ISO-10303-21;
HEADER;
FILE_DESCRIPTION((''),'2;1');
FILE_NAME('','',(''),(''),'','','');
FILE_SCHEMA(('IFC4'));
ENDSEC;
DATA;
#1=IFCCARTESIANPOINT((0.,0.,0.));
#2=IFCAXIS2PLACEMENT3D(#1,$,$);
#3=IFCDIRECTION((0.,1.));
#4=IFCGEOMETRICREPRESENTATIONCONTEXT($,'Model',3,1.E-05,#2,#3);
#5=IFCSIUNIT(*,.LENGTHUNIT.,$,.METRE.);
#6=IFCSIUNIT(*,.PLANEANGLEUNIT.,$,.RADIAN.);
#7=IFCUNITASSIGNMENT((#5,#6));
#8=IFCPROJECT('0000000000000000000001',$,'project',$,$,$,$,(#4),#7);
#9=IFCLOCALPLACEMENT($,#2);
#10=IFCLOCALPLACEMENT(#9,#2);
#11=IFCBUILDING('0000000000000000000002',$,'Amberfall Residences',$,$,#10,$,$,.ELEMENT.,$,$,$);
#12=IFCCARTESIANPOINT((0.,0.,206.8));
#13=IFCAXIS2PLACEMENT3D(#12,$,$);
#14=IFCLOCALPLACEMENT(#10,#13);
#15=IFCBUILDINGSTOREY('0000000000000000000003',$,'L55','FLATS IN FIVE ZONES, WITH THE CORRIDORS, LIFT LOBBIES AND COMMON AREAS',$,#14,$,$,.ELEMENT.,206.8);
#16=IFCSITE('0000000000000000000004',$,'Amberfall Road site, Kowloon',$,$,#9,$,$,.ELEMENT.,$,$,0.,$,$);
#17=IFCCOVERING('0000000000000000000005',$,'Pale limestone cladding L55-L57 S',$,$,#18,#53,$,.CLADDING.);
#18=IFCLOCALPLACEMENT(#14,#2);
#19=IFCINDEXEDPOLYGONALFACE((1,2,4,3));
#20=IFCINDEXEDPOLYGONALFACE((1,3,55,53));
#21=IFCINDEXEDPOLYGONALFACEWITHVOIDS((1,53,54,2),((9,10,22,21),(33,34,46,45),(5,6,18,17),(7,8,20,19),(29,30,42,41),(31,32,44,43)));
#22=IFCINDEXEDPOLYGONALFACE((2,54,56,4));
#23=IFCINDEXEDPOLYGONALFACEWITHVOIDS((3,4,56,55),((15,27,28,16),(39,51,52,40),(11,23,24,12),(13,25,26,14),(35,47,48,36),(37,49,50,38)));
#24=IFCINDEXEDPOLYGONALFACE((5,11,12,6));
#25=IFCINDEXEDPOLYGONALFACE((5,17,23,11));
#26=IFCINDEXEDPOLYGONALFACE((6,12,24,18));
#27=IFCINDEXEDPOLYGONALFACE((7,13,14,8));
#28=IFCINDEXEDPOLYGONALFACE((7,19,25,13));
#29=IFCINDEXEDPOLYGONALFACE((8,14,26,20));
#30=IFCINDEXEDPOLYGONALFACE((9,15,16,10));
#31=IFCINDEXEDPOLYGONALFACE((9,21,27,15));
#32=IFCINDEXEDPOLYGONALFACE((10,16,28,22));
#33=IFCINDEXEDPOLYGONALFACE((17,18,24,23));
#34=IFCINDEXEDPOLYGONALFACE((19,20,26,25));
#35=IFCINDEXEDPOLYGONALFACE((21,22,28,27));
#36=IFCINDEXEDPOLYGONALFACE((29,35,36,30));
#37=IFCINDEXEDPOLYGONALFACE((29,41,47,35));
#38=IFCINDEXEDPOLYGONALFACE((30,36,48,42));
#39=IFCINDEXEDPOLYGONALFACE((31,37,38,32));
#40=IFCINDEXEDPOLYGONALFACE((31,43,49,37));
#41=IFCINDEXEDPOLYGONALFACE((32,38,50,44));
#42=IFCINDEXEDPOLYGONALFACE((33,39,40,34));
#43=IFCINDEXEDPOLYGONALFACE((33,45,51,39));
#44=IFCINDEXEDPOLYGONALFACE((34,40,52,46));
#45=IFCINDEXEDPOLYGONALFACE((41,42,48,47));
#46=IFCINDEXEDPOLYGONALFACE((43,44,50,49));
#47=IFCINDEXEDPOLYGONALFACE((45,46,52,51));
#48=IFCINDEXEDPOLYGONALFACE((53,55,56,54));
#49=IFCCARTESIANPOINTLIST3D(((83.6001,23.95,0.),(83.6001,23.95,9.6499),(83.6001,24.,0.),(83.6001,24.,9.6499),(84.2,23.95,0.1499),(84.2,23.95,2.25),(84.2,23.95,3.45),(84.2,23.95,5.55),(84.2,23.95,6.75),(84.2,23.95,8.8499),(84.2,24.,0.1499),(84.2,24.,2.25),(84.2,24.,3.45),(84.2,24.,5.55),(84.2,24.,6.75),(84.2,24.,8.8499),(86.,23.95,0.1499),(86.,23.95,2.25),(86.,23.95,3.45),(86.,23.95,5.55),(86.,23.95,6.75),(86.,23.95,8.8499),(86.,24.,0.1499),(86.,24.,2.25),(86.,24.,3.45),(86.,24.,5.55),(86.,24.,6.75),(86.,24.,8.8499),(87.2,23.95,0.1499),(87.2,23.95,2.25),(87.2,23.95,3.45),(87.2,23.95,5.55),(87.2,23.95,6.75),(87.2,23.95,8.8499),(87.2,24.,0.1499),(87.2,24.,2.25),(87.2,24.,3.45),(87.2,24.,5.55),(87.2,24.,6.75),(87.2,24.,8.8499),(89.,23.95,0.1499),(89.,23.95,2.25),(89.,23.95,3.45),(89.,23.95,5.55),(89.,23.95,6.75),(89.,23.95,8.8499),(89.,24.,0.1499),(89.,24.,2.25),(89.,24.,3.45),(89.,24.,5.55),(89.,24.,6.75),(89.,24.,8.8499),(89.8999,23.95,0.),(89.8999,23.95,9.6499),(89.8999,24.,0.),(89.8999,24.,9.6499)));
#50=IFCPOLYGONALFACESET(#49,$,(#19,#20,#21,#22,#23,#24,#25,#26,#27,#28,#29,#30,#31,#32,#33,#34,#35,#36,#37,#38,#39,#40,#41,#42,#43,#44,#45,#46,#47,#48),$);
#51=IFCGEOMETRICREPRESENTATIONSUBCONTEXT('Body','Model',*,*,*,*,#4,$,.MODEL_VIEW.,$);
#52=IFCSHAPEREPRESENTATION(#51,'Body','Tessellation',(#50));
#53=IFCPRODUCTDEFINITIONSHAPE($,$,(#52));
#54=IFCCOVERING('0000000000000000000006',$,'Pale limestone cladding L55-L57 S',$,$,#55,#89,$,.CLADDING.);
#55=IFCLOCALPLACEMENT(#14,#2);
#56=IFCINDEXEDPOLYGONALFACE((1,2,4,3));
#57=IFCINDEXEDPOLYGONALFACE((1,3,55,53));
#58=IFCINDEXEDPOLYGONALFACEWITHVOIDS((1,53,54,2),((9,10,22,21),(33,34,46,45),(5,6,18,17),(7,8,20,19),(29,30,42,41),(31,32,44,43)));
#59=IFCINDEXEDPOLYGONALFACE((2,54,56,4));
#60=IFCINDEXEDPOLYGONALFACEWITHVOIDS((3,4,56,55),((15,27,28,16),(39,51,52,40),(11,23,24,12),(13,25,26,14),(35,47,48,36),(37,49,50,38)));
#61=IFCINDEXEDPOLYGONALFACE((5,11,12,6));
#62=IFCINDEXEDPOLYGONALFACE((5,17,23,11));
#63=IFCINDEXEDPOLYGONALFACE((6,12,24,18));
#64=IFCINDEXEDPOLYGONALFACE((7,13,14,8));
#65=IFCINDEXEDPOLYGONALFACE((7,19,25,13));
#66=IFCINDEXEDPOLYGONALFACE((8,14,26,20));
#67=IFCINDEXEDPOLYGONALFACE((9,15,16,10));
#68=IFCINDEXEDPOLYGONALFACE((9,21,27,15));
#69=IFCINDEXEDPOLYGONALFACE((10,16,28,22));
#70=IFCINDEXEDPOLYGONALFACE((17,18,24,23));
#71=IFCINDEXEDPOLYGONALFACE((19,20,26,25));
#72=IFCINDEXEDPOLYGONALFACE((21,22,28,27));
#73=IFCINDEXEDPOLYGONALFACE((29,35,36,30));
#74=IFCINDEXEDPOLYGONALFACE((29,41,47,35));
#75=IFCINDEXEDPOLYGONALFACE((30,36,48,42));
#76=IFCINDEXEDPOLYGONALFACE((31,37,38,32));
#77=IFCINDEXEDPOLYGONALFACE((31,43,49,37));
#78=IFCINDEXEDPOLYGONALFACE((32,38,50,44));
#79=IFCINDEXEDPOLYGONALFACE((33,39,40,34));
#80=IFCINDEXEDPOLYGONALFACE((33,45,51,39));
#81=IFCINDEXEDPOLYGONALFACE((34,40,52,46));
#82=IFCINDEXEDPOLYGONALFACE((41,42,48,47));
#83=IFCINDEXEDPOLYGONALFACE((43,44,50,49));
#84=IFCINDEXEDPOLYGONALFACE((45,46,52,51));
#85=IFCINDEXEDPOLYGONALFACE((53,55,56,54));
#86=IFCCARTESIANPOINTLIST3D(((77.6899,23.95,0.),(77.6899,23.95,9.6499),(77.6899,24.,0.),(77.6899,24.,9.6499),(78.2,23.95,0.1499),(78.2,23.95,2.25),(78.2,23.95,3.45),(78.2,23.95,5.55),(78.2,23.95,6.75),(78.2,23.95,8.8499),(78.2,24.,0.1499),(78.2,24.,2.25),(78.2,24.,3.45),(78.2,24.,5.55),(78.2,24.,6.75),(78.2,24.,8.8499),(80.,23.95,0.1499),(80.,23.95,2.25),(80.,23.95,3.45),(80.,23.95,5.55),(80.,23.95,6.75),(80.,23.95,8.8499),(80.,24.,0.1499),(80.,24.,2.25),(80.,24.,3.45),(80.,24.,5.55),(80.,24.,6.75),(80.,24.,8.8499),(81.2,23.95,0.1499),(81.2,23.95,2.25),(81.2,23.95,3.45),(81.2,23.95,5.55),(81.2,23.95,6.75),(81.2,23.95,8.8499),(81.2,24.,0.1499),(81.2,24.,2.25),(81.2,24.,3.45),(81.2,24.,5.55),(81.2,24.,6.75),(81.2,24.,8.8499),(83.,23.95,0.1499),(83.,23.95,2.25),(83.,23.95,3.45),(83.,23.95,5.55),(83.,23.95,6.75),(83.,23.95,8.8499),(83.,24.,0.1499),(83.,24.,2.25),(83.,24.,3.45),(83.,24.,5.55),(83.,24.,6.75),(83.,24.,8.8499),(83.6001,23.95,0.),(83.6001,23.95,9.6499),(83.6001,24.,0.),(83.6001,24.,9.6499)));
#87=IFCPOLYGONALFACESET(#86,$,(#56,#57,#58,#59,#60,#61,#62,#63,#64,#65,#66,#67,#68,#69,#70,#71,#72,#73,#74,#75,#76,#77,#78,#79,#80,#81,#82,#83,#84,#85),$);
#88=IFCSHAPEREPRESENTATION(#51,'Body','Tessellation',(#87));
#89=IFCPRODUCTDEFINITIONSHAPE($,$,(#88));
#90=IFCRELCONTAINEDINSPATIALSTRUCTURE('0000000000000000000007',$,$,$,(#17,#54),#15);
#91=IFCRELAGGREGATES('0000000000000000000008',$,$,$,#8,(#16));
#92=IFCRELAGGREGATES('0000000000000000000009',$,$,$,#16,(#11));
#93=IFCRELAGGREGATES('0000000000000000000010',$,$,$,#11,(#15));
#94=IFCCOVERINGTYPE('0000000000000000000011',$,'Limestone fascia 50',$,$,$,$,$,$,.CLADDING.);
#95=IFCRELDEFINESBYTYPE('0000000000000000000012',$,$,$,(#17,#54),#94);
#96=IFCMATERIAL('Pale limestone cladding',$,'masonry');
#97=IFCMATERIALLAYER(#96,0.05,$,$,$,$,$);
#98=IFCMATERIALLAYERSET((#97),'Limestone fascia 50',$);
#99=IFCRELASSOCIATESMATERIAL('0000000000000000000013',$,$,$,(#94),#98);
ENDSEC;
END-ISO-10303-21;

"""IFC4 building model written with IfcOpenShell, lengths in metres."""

from ifc_helpers import new_model, si_unit, direction, frame, origin, place, context, subcontext, project, spatial, polyline, outline, extrude, material, layer, layer_set, type_object, element, save


model = new_model("IFC4")

# Units and contexts
model_context = context("Model", 3, precision=1e-05, world=origin(), true_north=direction((0.0, 1.0)))
body_context = subcontext(model_context, "Body", "Model", "MODEL_VIEW")
ifc_project = project(units=[si_unit("LENGTHUNIT", "METRE"), si_unit("PLANEANGLEUNIT", "RADIAN")], contexts=[model_context])

# Site, building, storey
site_placement = place(None, origin())
site = spatial("IfcSite", under=ifc_project, at=site_placement, Name="Amberfall Road site, Kowloon", CompositionType="ELEMENT", RefElevation=0.0)
building_placement = place(site_placement, origin())
building = spatial("IfcBuilding", under=site, at=building_placement, Name="Amberfall Residences", CompositionType="ELEMENT")
storey_placement = place(building_placement, frame((0.0, 0.0, 206.8)))
storey = spatial("IfcBuildingStorey", under=building, at=storey_placement, Name="L55", Description="FLATS IN FIVE ZONES, WITH THE CORRIDORS, LIFT LOBBIES AND COMMON AREAS", CompositionType="ELEMENT", Elevation=206.8)

# Coverings
ifc_material_1 = material(Name="Pale limestone cladding", Category="masonry")
ifc_layer_1 = layer(ifc_material_1, 0.05)
ifc_layer_set_1 = layer_set([ifc_layer_1], Name="Limestone fascia 50")
covering_type = type_object("IfcCoveringType", Name="Limestone fascia 50", PredefinedType="CLADDING", material=ifc_layer_set_1)
covering_1_placement = place(storey_placement, frame((83.6001, 24.0, 9.6499), z_axis=(0.0, 1.0, 0.0), x_axis=(1.0, 0.0, 0.0)))
element("IfcCovering", 1, at=covering_1_placement, inside=storey, type_object=covering_type, Name="Pale limestone cladding L55-L57 S", PredefinedType="CLADDING", context=body_context, shape_type="SweptSolid", body=[
    extrude(outline(polyline([(0.0, 0.0), (6.2998, 0.0), (6.2998, 9.6499), (0.0, 9.6499), (0.0, 0.0)]), holes=[polyline([(0.5999, 7.3999), (2.3999, 7.3999), (2.3999, 9.5), (0.5999, 9.5), (0.5999, 7.3999)]), polyline([(3.5999, 7.3999), (5.3999, 7.3999), (5.3999, 9.5), (3.5999, 9.5), (3.5999, 7.3999)]), polyline([(0.5999, 4.0999), (2.3999, 4.0999), (2.3999, 6.2), (0.5999, 6.2), (0.5999, 4.0999)]), polyline([(3.5999, 4.0999), (5.3999, 4.0999), (5.3999, 6.2), (3.5999, 6.2), (3.5999, 4.0999)]), polyline([(0.5999, 0.8), (2.3999, 0.8), (2.3999, 2.8999), (0.5999, 2.8999), (0.5999, 0.8)]), polyline([(3.5999, 0.8), (5.3999, 0.8), (5.3999, 2.8999), (3.5999, 2.8999), (3.5999, 0.8)])]), origin(), (0.0, 0.0, -1.0), 0.05),
])
covering_2_placement = place(storey_placement, frame((77.6899, 24.0, 9.6499), z_axis=(0.0, 1.0, 0.0), x_axis=(1.0, 0.0, 0.0)))
element("IfcCovering", 2, at=covering_2_placement, inside=storey, type_object=covering_type, Name="Pale limestone cladding L55-L57 S", PredefinedType="CLADDING", context=body_context, shape_type="SweptSolid", body=[
    extrude(outline(polyline([(0.0, 0.0), (5.9102, 0.0), (5.9102, 9.6499), (0.0, 9.6499), (0.0, 0.0)]), holes=[polyline([(0.51, 7.3999), (2.3101, 7.3999), (2.3101, 9.5), (0.51, 9.5), (0.51, 7.3999)]), polyline([(3.51, 7.3999), (5.3101, 7.3999), (5.3101, 9.5), (3.51, 9.5), (3.51, 7.3999)]), polyline([(0.51, 4.0999), (2.3101, 4.0999), (2.3101, 6.2), (0.51, 6.2), (0.51, 4.0999)]), polyline([(3.51, 4.0999), (5.3101, 4.0999), (5.3101, 6.2), (3.51, 6.2), (3.51, 4.0999)]), polyline([(0.51, 0.8), (2.3101, 0.8), (2.3101, 2.8999), (0.51, 2.8999), (0.51, 0.8)]), polyline([(3.51, 0.8), (5.3101, 0.8), (5.3101, 2.8999), (3.51, 2.8999), (3.51, 0.8)])]), origin(), (0.0, 0.0, -1.0), 0.05),
])

save(model, "model.ifc")
